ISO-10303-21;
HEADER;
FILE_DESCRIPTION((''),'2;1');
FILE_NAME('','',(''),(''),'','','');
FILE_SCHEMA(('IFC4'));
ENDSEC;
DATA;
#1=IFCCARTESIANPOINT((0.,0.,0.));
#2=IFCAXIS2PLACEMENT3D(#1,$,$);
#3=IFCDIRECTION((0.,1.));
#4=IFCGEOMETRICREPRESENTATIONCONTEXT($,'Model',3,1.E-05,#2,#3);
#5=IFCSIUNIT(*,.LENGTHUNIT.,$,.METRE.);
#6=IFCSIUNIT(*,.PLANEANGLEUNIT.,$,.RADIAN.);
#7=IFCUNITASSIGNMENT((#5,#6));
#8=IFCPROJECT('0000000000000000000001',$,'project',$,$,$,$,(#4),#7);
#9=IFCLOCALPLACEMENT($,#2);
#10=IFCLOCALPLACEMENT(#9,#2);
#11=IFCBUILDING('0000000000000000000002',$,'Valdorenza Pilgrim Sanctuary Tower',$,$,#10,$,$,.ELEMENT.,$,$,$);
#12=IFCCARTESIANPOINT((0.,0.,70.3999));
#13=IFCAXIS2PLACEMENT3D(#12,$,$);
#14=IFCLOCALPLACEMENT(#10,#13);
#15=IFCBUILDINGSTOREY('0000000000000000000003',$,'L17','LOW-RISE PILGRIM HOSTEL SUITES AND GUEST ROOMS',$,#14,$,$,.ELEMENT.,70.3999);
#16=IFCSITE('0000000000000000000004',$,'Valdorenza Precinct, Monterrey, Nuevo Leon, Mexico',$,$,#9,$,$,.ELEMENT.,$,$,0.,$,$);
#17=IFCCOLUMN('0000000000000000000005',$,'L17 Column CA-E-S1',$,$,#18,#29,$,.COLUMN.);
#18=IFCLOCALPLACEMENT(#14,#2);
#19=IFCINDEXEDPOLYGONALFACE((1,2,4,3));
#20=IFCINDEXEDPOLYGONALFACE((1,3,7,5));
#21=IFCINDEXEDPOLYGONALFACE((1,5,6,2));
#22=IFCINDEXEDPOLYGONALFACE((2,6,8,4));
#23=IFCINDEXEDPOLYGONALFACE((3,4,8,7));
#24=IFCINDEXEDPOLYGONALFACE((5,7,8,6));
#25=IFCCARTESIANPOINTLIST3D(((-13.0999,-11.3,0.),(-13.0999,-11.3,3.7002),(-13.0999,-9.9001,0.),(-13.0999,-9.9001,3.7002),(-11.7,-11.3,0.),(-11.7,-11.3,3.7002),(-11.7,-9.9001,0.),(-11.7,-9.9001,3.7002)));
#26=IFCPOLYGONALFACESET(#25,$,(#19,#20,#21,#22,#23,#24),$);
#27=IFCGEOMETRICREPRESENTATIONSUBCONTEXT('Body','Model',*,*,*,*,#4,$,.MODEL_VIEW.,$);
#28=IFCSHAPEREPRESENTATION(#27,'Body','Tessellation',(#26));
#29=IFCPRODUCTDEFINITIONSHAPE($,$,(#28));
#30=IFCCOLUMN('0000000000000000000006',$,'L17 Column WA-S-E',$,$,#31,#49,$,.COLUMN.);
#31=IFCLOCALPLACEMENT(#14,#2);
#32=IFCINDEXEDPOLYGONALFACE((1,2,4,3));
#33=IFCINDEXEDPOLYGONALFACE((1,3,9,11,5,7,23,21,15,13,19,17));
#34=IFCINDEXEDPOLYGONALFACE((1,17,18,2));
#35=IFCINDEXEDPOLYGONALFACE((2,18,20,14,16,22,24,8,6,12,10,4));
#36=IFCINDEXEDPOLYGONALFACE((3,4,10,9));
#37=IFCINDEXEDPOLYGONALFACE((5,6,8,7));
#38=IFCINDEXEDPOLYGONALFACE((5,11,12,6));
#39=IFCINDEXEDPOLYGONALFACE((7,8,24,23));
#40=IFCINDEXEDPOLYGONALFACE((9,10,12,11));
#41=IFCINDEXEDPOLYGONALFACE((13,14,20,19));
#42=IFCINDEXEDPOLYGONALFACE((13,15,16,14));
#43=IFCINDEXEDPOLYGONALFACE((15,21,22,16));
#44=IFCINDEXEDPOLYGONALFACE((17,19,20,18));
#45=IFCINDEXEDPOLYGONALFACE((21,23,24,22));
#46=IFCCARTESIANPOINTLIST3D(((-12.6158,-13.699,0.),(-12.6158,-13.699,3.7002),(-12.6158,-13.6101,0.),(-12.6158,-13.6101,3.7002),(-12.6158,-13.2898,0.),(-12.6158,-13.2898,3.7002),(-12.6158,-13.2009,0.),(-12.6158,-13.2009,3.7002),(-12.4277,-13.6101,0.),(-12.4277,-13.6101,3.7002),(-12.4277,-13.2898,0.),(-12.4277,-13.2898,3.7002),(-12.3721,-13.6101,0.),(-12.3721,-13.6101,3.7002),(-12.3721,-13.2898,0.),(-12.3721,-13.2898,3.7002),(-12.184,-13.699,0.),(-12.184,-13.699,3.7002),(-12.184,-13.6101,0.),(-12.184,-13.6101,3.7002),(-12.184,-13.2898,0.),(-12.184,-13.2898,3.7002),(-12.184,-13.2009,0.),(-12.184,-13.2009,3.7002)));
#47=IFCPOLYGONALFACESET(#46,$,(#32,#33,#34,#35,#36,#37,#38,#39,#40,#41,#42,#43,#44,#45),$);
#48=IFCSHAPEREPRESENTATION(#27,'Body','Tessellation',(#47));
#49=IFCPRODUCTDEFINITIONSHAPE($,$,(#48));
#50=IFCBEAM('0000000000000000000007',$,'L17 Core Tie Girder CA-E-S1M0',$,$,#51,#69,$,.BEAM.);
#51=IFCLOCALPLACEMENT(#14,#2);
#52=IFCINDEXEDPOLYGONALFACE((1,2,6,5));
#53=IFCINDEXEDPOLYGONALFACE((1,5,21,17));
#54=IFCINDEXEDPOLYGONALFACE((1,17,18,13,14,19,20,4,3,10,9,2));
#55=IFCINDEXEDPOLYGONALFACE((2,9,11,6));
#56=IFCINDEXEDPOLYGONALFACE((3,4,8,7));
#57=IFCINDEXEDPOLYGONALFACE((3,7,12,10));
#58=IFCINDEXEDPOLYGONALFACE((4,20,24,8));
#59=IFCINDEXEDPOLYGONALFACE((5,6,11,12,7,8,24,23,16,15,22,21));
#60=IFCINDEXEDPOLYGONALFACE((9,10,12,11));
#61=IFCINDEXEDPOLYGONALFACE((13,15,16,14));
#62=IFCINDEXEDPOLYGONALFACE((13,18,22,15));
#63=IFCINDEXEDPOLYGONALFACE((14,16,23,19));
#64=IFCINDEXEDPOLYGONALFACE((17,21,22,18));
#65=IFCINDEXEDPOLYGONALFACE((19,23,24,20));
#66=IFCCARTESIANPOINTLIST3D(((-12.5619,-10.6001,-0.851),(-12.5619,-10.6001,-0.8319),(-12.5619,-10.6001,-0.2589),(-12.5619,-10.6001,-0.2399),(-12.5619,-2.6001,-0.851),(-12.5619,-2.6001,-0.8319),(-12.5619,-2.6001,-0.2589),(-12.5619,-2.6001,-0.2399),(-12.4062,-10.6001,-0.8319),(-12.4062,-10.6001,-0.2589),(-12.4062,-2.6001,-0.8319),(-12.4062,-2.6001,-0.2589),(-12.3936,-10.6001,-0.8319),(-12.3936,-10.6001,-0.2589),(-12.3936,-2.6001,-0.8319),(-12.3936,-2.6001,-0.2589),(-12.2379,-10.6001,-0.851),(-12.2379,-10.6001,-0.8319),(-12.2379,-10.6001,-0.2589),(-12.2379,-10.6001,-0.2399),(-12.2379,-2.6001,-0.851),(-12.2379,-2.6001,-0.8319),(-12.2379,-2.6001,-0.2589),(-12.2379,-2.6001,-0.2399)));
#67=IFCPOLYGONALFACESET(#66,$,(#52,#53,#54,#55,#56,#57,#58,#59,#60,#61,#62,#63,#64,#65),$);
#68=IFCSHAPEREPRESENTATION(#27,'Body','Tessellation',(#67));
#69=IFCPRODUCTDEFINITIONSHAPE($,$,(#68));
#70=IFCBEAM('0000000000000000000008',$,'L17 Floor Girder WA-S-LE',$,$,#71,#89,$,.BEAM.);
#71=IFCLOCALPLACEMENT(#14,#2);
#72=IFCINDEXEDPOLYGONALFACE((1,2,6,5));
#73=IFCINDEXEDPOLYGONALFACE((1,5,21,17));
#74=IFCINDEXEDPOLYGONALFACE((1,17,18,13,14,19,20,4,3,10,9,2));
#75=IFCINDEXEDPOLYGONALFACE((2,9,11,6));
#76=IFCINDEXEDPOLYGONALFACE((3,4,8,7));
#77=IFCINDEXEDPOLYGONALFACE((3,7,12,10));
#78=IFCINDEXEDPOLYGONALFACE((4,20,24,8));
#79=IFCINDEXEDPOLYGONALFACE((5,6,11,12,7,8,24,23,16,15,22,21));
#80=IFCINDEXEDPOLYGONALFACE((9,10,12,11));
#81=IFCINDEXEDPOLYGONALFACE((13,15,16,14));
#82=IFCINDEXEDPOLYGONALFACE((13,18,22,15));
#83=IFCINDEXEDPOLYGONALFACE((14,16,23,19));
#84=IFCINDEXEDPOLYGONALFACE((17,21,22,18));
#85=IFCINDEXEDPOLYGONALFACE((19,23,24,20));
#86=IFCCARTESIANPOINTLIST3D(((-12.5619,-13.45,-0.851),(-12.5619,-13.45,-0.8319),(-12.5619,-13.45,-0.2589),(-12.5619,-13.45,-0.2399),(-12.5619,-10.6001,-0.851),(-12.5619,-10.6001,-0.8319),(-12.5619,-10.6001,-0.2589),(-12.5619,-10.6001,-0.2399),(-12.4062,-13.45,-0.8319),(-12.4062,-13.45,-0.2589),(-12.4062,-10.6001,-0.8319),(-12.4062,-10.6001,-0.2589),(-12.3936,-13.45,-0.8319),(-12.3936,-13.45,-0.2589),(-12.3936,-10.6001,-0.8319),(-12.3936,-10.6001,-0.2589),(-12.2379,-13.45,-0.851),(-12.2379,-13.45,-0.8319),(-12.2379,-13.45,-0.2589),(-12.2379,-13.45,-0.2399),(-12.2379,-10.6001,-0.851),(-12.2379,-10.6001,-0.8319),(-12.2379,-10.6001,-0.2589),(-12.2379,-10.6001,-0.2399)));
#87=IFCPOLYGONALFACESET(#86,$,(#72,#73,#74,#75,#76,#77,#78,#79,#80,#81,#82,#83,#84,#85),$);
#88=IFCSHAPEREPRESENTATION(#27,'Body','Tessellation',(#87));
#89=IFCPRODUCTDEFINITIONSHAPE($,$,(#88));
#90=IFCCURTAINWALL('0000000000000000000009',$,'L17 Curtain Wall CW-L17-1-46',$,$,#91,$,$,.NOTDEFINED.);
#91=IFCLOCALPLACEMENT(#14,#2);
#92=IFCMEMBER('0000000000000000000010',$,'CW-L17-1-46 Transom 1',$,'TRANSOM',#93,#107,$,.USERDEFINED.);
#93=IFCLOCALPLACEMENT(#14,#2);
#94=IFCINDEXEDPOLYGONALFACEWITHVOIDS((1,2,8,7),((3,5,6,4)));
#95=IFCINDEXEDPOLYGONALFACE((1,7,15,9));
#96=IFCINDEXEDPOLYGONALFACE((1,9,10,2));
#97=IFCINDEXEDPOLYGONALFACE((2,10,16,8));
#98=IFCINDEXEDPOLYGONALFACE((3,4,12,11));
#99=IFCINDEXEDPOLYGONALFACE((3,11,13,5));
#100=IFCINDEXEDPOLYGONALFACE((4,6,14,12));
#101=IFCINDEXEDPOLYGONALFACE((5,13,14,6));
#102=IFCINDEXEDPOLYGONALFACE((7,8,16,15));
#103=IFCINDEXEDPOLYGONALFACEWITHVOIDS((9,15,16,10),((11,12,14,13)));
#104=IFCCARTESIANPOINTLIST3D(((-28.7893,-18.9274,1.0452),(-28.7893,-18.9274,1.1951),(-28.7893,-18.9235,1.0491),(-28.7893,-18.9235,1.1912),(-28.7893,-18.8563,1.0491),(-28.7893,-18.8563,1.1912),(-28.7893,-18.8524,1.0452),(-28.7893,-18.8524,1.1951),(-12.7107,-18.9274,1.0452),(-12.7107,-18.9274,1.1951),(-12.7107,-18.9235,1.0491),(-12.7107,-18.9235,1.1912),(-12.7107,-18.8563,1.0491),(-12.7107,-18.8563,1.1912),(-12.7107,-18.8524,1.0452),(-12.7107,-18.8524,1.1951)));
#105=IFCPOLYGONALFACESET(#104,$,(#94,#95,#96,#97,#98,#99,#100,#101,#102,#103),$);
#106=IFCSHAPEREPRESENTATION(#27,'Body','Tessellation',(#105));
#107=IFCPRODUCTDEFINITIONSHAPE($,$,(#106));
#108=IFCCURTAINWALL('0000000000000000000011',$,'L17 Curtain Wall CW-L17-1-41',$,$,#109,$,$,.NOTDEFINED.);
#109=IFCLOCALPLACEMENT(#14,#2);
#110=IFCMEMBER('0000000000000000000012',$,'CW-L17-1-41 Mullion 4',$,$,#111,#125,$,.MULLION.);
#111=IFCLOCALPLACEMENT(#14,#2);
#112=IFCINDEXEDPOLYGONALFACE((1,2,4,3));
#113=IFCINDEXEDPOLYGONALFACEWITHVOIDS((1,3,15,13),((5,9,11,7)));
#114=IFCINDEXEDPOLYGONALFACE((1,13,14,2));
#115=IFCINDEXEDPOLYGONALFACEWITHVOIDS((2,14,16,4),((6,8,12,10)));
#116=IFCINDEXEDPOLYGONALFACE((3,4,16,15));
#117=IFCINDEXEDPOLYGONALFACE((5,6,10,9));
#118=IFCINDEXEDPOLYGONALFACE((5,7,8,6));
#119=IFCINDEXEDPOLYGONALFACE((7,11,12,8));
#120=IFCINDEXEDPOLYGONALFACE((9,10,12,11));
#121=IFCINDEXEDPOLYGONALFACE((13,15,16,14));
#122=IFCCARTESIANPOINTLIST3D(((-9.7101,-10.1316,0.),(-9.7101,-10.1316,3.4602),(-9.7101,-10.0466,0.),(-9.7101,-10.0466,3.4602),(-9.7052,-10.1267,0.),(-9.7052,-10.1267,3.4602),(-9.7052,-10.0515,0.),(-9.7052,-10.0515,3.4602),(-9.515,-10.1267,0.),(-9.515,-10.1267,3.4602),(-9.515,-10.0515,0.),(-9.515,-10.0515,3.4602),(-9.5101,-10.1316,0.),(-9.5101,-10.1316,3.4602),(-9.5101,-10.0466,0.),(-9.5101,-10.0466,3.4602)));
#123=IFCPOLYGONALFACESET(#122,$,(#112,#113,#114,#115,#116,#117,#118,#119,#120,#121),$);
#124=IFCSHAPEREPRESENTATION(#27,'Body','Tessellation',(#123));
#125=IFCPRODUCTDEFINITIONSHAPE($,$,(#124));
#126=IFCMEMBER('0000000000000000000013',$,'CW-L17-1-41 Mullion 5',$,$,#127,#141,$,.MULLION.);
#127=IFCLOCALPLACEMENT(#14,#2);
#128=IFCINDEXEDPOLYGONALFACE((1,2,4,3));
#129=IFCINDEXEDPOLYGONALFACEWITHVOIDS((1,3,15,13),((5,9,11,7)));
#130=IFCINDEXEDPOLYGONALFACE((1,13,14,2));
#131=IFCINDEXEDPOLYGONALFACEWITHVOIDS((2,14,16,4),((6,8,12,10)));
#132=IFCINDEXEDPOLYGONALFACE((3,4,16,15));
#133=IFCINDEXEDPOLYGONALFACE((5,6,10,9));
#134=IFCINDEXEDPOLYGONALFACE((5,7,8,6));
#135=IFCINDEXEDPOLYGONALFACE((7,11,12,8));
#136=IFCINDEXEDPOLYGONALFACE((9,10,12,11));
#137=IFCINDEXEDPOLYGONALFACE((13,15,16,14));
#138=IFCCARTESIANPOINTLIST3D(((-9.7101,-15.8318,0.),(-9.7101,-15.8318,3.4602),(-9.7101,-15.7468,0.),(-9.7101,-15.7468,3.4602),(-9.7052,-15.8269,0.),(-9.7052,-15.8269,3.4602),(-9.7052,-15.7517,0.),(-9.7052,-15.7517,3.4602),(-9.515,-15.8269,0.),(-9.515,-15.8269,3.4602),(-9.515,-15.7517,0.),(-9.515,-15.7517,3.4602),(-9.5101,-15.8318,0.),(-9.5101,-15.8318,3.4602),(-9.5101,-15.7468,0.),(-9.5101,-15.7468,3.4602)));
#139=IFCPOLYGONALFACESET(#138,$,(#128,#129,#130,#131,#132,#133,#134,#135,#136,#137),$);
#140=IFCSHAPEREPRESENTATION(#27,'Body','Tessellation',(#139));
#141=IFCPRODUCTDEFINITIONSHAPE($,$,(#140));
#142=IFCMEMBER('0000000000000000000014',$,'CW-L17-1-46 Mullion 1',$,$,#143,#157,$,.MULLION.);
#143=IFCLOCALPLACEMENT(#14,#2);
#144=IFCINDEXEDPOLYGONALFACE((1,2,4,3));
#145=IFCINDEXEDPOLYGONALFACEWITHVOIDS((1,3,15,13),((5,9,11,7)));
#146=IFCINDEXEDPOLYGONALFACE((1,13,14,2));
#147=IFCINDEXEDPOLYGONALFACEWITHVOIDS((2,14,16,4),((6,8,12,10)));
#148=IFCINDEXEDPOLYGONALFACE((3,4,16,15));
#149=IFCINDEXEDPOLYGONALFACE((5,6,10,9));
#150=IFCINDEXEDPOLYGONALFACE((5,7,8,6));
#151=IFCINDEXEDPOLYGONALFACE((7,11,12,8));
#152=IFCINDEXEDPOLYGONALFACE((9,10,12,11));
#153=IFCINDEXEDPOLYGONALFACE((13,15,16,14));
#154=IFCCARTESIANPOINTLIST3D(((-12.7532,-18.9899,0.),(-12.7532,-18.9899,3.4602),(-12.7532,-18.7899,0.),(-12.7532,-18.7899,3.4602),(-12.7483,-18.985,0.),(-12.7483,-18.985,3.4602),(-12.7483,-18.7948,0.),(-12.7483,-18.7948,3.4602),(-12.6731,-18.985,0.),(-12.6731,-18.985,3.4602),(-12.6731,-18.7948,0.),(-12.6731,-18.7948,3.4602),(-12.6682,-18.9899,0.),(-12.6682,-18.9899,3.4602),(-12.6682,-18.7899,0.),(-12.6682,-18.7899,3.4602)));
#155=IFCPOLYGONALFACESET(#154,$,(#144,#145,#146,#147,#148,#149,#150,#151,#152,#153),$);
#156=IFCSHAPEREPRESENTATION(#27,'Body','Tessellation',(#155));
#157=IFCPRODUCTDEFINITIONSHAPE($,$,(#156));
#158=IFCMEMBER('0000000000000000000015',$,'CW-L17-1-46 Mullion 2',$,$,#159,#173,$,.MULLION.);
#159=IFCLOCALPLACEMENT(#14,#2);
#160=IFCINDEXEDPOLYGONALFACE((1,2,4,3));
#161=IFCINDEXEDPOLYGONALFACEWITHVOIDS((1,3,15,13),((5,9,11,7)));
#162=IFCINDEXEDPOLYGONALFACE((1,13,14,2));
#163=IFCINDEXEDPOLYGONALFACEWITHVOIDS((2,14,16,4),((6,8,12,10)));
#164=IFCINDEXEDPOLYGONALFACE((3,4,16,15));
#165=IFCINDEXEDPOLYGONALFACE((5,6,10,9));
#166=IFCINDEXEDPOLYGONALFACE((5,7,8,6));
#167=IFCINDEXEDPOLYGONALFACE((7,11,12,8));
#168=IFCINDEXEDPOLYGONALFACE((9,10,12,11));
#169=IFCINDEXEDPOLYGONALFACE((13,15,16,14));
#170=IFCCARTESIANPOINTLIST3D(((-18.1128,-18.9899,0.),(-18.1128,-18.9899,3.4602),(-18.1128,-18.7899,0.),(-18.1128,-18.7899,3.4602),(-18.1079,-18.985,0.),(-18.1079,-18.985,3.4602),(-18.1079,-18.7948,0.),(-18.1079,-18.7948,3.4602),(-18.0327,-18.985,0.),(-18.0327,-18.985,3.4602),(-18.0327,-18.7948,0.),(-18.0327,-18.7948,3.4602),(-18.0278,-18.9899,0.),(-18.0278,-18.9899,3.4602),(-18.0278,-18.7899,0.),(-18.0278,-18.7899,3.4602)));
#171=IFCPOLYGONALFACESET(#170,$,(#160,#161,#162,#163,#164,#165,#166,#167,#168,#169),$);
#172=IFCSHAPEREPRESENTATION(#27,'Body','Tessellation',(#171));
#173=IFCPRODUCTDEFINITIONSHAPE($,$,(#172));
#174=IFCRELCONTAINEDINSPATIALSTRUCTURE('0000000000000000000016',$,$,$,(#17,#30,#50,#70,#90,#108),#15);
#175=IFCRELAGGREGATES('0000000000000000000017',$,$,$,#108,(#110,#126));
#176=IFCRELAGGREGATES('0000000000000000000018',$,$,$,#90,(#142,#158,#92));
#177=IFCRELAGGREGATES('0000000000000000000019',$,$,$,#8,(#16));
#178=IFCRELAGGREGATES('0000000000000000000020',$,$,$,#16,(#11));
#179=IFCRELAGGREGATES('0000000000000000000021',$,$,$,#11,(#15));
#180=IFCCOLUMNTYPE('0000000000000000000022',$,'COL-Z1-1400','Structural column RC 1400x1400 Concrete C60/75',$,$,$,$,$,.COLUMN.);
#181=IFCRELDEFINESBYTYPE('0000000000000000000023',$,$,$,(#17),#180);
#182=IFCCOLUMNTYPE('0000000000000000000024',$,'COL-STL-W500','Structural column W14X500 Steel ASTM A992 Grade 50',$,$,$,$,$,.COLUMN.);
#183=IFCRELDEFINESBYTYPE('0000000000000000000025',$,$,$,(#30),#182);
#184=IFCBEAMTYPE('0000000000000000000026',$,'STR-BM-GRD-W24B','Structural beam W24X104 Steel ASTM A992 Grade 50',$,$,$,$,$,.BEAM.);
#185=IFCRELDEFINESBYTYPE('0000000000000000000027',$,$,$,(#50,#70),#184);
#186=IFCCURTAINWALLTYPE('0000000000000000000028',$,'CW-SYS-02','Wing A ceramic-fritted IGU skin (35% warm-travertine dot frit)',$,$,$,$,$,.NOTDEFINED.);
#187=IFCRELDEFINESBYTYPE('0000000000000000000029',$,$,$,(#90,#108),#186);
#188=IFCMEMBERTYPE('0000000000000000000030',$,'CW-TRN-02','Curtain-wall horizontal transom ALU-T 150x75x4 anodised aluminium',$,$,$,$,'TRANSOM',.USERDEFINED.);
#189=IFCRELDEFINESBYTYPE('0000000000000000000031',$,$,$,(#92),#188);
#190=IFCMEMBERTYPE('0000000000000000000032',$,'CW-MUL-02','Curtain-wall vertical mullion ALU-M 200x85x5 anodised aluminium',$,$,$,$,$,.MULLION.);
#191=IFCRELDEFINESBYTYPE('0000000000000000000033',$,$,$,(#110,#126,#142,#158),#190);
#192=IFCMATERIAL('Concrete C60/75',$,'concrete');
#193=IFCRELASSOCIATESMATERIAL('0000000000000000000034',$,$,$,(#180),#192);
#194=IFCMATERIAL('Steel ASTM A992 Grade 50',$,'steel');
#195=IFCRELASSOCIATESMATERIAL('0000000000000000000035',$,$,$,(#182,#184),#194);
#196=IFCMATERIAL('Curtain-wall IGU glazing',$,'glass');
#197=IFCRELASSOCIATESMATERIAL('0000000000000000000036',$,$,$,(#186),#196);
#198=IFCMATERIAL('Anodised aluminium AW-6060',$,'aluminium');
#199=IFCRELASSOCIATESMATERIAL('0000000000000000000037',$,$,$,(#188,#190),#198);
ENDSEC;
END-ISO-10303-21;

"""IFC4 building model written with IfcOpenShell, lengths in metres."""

from ifc_helpers import new_model, si_unit, direction, frame, origin, origin_2d, place, context, subcontext, project, spatial, rectangle, hollow_rectangle, i_section, extrude, source, transform, mapped, material, material_profile, profile_set, type_object, element, aggregate, save


model = new_model("IFC4")

# Units and contexts
model_context = context("Model", 3, precision=1e-05, world=origin(), true_north=direction((0.0, 1.0)))
body_context = subcontext(model_context, "Body", "Model", "MODEL_VIEW")
ifc_project = project(units=[si_unit("LENGTHUNIT", "METRE"), si_unit("PLANEANGLEUNIT", "RADIAN")], contexts=[model_context])

# Site, building, storey
site_placement = place(None, origin())
site = spatial("IfcSite", under=ifc_project, at=site_placement, Name="Valdorenza Precinct, Monterrey, Nuevo Leon, Mexico", CompositionType="ELEMENT", RefElevation=0.0)
building_placement = place(site_placement, origin())
building = spatial("IfcBuilding", under=site, at=building_placement, Name="Valdorenza Pilgrim Sanctuary Tower", CompositionType="ELEMENT")
storey_placement = place(building_placement, frame((0.0, 0.0, 70.3999)))
storey = spatial("IfcBuildingStorey", under=building, at=storey_placement, Name="L17", Description="LOW-RISE PILGRIM HOSTEL SUITES AND GUEST ROOMS", CompositionType="ELEMENT", Elevation=70.3999)

# Columns
ifc_material_1 = material(Name="Concrete C60/75", Category="concrete")
ifc_material_profile_1 = material_profile(ifc_material_1, rectangle(XDim=1.3999, YDim=1.3999, at=origin_2d()), Name="RC 1400x1400")
ifc_profile_set_1 = profile_set([ifc_material_profile_1], Name="Concrete C60/75")
column_type_1 = type_object("IfcColumnType", Name="COL-Z1-1400", Description="Structural column RC 1400x1400 Concrete C60/75", PredefinedType="COLUMN", material=ifc_profile_set_1)
shared_shape_1 = source(origin(), body_context, "Body", "SweptSolid", [
    extrude(rectangle(XDim=1.3999, YDim=1.3999, at=origin_2d()), origin(), (0.0, 0.0, 1.0), 3.7002),
])
column_1_placement = place(storey_placement, frame((-12.3999, -10.6001, 0.0), z_axis=(0.0, 0.0, 1.0), x_axis=(1.0, 0.0, 0.0)))
element("IfcColumn", 1, at=column_1_placement, inside=storey, type_object=column_type_1, Name="L17 Column CA-E-S1", PredefinedType="COLUMN", context=body_context, shape_type="MappedRepresentation", body=[
    mapped(shared_shape_1, transform((0.0, 0.0, 0.0), x_axis=(1.0, 0.0, 0.0), y_axis=(0.0, 1.0, 0.0), z_axis=(0.0, 0.0, 1.0), scale=1.0)),
])
ifc_material_2 = material(Name="Steel ASTM A992 Grade 50", Category="steel")
ifc_material_profile_2 = material_profile(ifc_material_2, i_section(OverallWidth=0.4319, OverallDepth=0.498, WebThickness=0.0557, FlangeThickness=0.0889, at=origin_2d()), Name="W14X500")
ifc_profile_set_2 = profile_set([ifc_material_profile_2], Name="Steel ASTM A992 Grade 50")
column_type_2 = type_object("IfcColumnType", Name="COL-STL-W500", Description="Structural column W14X500 Steel ASTM A992 Grade 50", PredefinedType="COLUMN", material=ifc_profile_set_2)
shared_shape_2 = source(origin(), body_context, "Body", "SweptSolid", [
    extrude(i_section(OverallWidth=0.4319, OverallDepth=0.498, WebThickness=0.0557, FlangeThickness=0.0889, at=origin_2d()), origin(), (0.0, 0.0, 1.0), 3.7002),
])
column_2_placement = place(storey_placement, frame((-12.3999, -13.45, 0.0), z_axis=(0.0, 0.0, 1.0), x_axis=(1.0, 0.0, 0.0)))
element("IfcColumn", 2, at=column_2_placement, inside=storey, type_object=column_type_2, Name="L17 Column WA-S-E", PredefinedType="COLUMN", context=body_context, shape_type="MappedRepresentation", body=[
    mapped(shared_shape_2, transform((0.0, 0.0, 0.0), x_axis=(1.0, 0.0, 0.0), y_axis=(0.0, 1.0, 0.0), z_axis=(0.0, 0.0, 1.0), scale=1.0)),
])

# Beams
ifc_material_profile_3 = material_profile(ifc_material_2, i_section(OverallWidth=0.324, OverallDepth=0.6111, WebThickness=0.0127, FlangeThickness=0.019, at=origin_2d()), Name="W24X104")
ifc_profile_set_3 = profile_set([ifc_material_profile_3], Name="Steel ASTM A992 Grade 50")
beam_type = type_object("IfcBeamType", Name="STR-BM-GRD-W24B", Description="Structural beam W24X104 Steel ASTM A992 Grade 50", PredefinedType="BEAM", material=ifc_profile_set_3)
shared_shape_3 = source(origin(), body_context, "Body", "SweptSolid", [
    extrude(i_section(OverallWidth=0.324, OverallDepth=0.6111, WebThickness=0.0127, FlangeThickness=0.019, at=origin_2d()), origin(), (0.0, 0.0, 1.0), 8.0),
])
beam_1_placement = place(storey_placement, frame((-12.3999, -10.6001, -0.5454), z_axis=(0.0, 1.0, 0.0), x_axis=(-1.0, 0.0, 0.0)))
element("IfcBeam", 3, at=beam_1_placement, inside=storey, type_object=beam_type, Name="L17 Core Tie Girder CA-E-S1M0", PredefinedType="BEAM", context=body_context, shape_type="MappedRepresentation", body=[
    mapped(shared_shape_3, transform((0.0, 0.0, 0.0), x_axis=(1.0, 0.0, 0.0), y_axis=(0.0, 1.0, 0.0), z_axis=(0.0, 0.0, 1.0), scale=1.0)),
])
shared_shape_4 = source(origin(), body_context, "Body", "SweptSolid", [
    extrude(i_section(OverallWidth=0.324, OverallDepth=0.6111, WebThickness=0.0127, FlangeThickness=0.019, at=origin_2d()), origin(), (0.0, 0.0, 1.0), 2.8499),
])
beam_2_placement = place(storey_placement, frame((-12.3999, -13.45, -0.5454), z_axis=(0.0, 1.0, 0.0), x_axis=(-1.0, 0.0, 0.0)))
element("IfcBeam", 4, at=beam_2_placement, inside=storey, type_object=beam_type, Name="L17 Floor Girder WA-S-LE", PredefinedType="BEAM", context=body_context, shape_type="MappedRepresentation", body=[
    mapped(shared_shape_4, transform((0.0, 0.0, 0.0), x_axis=(1.0, 0.0, 0.0), y_axis=(0.0, 1.0, 0.0), z_axis=(0.0, 0.0, 1.0), scale=1.0)),
])

# Curtain wall, member
ifc_material_3 = material(Name="Curtain-wall IGU glazing", Category="glass")
curtain_wall_type = type_object("IfcCurtainWallType", Name="CW-SYS-02", Description="Wing A ceramic-fritted IGU skin (35% warm-travertine dot frit)", PredefinedType="NOTDEFINED", material=ifc_material_3)
curtain_wall_1_placement = place(storey_placement, origin())
curtain_wall_1 = element("IfcCurtainWall", 5, at=curtain_wall_1_placement, inside=storey, type_object=curtain_wall_type, Name="L17 Curtain Wall CW-L17-1-46", PredefinedType="NOTDEFINED")
ifc_material_4 = material(Name="Anodised aluminium AW-6060", Category="aluminium")
ifc_material_profile_4 = material_profile(ifc_material_4, hollow_rectangle(XDim=0.075, YDim=0.1499, WallThickness=0.0039, at=origin_2d()), Name="ALU-T 150x75x4")
ifc_profile_set_4 = profile_set([ifc_material_profile_4], Name="Anodised aluminium AW-6060")
member_type_1 = type_object("IfcMemberType", Name="CW-TRN-02", Description="Curtain-wall horizontal transom ALU-T 150x75x4 anodised aluminium", ElementType="TRANSOM", PredefinedType="USERDEFINED", material=ifc_profile_set_4)
shared_shape_5 = source(origin(), body_context, "Body", "SweptSolid", [
    extrude(hollow_rectangle(XDim=0.075, YDim=0.1499, WallThickness=0.0039, at=origin_2d()), origin(), (0.0, 0.0, 1.0), 16.0786),
])
member_1_placement = place(storey_placement, frame((-12.7107, -18.8899, 1.1201), z_axis=(-1.0, 0.0, 0.0), x_axis=(0.0, -1.0, 0.0)))
member_1 = element("IfcMember", 6, at=member_1_placement, type_object=member_type_1, Name="CW-L17-1-46 Transom 1", ObjectType="TRANSOM", PredefinedType="USERDEFINED", context=body_context, shape_type="MappedRepresentation", body=[
    mapped(shared_shape_5, transform((0.0, 0.0, 0.0), x_axis=(1.0, 0.0, 0.0), y_axis=(0.0, 1.0, 0.0), z_axis=(0.0, 0.0, 1.0), scale=1.0)),
])

# Curtain wall, members
curtain_wall_2_placement = place(storey_placement, origin())
curtain_wall_2 = element("IfcCurtainWall", 7, at=curtain_wall_2_placement, inside=storey, type_object=curtain_wall_type, Name="L17 Curtain Wall CW-L17-1-41", PredefinedType="NOTDEFINED")
ifc_material_profile_5 = material_profile(ifc_material_4, hollow_rectangle(XDim=0.085, YDim=0.2, WallThickness=0.0049, at=origin_2d()), Name="ALU-M 200x85x5")
ifc_profile_set_5 = profile_set([ifc_material_profile_5], Name="Anodised aluminium AW-6060")
member_type_2 = type_object("IfcMemberType", Name="CW-MUL-02", Description="Curtain-wall vertical mullion ALU-M 200x85x5 anodised aluminium", PredefinedType="MULLION", material=ifc_profile_set_5)
shared_shape_6 = source(origin(), body_context, "Body", "SweptSolid", [
    extrude(hollow_rectangle(XDim=0.085, YDim=0.2, WallThickness=0.0049, at=origin_2d()), origin(), (0.0, 0.0, 1.0), 3.4602),
])
member_2_placement = place(storey_placement, frame((-9.6101, -10.0891, 0.0), z_axis=(0.0, 0.0, 1.0), x_axis=(0.0, -1.0, 0.0)))
member_2 = element("IfcMember", 8, at=member_2_placement, type_object=member_type_2, Name="CW-L17-1-41 Mullion 4", PredefinedType="MULLION", context=body_context, shape_type="MappedRepresentation", body=[
    mapped(shared_shape_6, transform((0.0, 0.0, 0.0), x_axis=(1.0, 0.0, 0.0), y_axis=(0.0, 1.0, 0.0), z_axis=(0.0, 0.0, 1.0), scale=1.0)),
])
member_3_placement = place(storey_placement, frame((-9.6101, -15.7893, 0.0), z_axis=(0.0, 0.0, 1.0), x_axis=(0.0, -1.0, 0.0)))
member_3 = element("IfcMember", 9, at=member_3_placement, type_object=member_type_2, Name="CW-L17-1-41 Mullion 5", PredefinedType="MULLION", context=body_context, shape_type="MappedRepresentation", body=[
    mapped(shared_shape_6, transform((0.0, 0.0, 0.0), x_axis=(1.0, 0.0, 0.0), y_axis=(0.0, 1.0, 0.0), z_axis=(0.0, 0.0, 1.0), scale=1.0)),
])

# Members
member_4_placement = place(storey_placement, frame((-12.7107, -18.8899, 0.0), z_axis=(0.0, 0.0, 1.0), x_axis=(-1.0, 0.0, 0.0)))
member_4 = element("IfcMember", 10, at=member_4_placement, type_object=member_type_2, Name="CW-L17-1-46 Mullion 1", PredefinedType="MULLION", context=body_context, shape_type="MappedRepresentation", body=[
    mapped(shared_shape_6, transform((0.0, 0.0, 0.0), x_axis=(1.0, 0.0, 0.0), y_axis=(0.0, 1.0, 0.0), z_axis=(0.0, 0.0, 1.0), scale=1.0)),
])
member_5_placement = place(storey_placement, frame((-18.0703, -18.8899, 0.0), z_axis=(0.0, 0.0, 1.0), x_axis=(-1.0, 0.0, 0.0)))
member_5 = element("IfcMember", 11, at=member_5_placement, type_object=member_type_2, Name="CW-L17-1-46 Mullion 2", PredefinedType="MULLION", context=body_context, shape_type="MappedRepresentation", body=[
    mapped(shared_shape_6, transform((0.0, 0.0, 0.0), x_axis=(1.0, 0.0, 0.0), y_axis=(0.0, 1.0, 0.0), z_axis=(0.0, 0.0, 1.0), scale=1.0)),
])

aggregate(curtain_wall_2, [member_2, member_3])
aggregate(curtain_wall_1, [member_4, member_5, member_1])

save(model, "model.ifc")
